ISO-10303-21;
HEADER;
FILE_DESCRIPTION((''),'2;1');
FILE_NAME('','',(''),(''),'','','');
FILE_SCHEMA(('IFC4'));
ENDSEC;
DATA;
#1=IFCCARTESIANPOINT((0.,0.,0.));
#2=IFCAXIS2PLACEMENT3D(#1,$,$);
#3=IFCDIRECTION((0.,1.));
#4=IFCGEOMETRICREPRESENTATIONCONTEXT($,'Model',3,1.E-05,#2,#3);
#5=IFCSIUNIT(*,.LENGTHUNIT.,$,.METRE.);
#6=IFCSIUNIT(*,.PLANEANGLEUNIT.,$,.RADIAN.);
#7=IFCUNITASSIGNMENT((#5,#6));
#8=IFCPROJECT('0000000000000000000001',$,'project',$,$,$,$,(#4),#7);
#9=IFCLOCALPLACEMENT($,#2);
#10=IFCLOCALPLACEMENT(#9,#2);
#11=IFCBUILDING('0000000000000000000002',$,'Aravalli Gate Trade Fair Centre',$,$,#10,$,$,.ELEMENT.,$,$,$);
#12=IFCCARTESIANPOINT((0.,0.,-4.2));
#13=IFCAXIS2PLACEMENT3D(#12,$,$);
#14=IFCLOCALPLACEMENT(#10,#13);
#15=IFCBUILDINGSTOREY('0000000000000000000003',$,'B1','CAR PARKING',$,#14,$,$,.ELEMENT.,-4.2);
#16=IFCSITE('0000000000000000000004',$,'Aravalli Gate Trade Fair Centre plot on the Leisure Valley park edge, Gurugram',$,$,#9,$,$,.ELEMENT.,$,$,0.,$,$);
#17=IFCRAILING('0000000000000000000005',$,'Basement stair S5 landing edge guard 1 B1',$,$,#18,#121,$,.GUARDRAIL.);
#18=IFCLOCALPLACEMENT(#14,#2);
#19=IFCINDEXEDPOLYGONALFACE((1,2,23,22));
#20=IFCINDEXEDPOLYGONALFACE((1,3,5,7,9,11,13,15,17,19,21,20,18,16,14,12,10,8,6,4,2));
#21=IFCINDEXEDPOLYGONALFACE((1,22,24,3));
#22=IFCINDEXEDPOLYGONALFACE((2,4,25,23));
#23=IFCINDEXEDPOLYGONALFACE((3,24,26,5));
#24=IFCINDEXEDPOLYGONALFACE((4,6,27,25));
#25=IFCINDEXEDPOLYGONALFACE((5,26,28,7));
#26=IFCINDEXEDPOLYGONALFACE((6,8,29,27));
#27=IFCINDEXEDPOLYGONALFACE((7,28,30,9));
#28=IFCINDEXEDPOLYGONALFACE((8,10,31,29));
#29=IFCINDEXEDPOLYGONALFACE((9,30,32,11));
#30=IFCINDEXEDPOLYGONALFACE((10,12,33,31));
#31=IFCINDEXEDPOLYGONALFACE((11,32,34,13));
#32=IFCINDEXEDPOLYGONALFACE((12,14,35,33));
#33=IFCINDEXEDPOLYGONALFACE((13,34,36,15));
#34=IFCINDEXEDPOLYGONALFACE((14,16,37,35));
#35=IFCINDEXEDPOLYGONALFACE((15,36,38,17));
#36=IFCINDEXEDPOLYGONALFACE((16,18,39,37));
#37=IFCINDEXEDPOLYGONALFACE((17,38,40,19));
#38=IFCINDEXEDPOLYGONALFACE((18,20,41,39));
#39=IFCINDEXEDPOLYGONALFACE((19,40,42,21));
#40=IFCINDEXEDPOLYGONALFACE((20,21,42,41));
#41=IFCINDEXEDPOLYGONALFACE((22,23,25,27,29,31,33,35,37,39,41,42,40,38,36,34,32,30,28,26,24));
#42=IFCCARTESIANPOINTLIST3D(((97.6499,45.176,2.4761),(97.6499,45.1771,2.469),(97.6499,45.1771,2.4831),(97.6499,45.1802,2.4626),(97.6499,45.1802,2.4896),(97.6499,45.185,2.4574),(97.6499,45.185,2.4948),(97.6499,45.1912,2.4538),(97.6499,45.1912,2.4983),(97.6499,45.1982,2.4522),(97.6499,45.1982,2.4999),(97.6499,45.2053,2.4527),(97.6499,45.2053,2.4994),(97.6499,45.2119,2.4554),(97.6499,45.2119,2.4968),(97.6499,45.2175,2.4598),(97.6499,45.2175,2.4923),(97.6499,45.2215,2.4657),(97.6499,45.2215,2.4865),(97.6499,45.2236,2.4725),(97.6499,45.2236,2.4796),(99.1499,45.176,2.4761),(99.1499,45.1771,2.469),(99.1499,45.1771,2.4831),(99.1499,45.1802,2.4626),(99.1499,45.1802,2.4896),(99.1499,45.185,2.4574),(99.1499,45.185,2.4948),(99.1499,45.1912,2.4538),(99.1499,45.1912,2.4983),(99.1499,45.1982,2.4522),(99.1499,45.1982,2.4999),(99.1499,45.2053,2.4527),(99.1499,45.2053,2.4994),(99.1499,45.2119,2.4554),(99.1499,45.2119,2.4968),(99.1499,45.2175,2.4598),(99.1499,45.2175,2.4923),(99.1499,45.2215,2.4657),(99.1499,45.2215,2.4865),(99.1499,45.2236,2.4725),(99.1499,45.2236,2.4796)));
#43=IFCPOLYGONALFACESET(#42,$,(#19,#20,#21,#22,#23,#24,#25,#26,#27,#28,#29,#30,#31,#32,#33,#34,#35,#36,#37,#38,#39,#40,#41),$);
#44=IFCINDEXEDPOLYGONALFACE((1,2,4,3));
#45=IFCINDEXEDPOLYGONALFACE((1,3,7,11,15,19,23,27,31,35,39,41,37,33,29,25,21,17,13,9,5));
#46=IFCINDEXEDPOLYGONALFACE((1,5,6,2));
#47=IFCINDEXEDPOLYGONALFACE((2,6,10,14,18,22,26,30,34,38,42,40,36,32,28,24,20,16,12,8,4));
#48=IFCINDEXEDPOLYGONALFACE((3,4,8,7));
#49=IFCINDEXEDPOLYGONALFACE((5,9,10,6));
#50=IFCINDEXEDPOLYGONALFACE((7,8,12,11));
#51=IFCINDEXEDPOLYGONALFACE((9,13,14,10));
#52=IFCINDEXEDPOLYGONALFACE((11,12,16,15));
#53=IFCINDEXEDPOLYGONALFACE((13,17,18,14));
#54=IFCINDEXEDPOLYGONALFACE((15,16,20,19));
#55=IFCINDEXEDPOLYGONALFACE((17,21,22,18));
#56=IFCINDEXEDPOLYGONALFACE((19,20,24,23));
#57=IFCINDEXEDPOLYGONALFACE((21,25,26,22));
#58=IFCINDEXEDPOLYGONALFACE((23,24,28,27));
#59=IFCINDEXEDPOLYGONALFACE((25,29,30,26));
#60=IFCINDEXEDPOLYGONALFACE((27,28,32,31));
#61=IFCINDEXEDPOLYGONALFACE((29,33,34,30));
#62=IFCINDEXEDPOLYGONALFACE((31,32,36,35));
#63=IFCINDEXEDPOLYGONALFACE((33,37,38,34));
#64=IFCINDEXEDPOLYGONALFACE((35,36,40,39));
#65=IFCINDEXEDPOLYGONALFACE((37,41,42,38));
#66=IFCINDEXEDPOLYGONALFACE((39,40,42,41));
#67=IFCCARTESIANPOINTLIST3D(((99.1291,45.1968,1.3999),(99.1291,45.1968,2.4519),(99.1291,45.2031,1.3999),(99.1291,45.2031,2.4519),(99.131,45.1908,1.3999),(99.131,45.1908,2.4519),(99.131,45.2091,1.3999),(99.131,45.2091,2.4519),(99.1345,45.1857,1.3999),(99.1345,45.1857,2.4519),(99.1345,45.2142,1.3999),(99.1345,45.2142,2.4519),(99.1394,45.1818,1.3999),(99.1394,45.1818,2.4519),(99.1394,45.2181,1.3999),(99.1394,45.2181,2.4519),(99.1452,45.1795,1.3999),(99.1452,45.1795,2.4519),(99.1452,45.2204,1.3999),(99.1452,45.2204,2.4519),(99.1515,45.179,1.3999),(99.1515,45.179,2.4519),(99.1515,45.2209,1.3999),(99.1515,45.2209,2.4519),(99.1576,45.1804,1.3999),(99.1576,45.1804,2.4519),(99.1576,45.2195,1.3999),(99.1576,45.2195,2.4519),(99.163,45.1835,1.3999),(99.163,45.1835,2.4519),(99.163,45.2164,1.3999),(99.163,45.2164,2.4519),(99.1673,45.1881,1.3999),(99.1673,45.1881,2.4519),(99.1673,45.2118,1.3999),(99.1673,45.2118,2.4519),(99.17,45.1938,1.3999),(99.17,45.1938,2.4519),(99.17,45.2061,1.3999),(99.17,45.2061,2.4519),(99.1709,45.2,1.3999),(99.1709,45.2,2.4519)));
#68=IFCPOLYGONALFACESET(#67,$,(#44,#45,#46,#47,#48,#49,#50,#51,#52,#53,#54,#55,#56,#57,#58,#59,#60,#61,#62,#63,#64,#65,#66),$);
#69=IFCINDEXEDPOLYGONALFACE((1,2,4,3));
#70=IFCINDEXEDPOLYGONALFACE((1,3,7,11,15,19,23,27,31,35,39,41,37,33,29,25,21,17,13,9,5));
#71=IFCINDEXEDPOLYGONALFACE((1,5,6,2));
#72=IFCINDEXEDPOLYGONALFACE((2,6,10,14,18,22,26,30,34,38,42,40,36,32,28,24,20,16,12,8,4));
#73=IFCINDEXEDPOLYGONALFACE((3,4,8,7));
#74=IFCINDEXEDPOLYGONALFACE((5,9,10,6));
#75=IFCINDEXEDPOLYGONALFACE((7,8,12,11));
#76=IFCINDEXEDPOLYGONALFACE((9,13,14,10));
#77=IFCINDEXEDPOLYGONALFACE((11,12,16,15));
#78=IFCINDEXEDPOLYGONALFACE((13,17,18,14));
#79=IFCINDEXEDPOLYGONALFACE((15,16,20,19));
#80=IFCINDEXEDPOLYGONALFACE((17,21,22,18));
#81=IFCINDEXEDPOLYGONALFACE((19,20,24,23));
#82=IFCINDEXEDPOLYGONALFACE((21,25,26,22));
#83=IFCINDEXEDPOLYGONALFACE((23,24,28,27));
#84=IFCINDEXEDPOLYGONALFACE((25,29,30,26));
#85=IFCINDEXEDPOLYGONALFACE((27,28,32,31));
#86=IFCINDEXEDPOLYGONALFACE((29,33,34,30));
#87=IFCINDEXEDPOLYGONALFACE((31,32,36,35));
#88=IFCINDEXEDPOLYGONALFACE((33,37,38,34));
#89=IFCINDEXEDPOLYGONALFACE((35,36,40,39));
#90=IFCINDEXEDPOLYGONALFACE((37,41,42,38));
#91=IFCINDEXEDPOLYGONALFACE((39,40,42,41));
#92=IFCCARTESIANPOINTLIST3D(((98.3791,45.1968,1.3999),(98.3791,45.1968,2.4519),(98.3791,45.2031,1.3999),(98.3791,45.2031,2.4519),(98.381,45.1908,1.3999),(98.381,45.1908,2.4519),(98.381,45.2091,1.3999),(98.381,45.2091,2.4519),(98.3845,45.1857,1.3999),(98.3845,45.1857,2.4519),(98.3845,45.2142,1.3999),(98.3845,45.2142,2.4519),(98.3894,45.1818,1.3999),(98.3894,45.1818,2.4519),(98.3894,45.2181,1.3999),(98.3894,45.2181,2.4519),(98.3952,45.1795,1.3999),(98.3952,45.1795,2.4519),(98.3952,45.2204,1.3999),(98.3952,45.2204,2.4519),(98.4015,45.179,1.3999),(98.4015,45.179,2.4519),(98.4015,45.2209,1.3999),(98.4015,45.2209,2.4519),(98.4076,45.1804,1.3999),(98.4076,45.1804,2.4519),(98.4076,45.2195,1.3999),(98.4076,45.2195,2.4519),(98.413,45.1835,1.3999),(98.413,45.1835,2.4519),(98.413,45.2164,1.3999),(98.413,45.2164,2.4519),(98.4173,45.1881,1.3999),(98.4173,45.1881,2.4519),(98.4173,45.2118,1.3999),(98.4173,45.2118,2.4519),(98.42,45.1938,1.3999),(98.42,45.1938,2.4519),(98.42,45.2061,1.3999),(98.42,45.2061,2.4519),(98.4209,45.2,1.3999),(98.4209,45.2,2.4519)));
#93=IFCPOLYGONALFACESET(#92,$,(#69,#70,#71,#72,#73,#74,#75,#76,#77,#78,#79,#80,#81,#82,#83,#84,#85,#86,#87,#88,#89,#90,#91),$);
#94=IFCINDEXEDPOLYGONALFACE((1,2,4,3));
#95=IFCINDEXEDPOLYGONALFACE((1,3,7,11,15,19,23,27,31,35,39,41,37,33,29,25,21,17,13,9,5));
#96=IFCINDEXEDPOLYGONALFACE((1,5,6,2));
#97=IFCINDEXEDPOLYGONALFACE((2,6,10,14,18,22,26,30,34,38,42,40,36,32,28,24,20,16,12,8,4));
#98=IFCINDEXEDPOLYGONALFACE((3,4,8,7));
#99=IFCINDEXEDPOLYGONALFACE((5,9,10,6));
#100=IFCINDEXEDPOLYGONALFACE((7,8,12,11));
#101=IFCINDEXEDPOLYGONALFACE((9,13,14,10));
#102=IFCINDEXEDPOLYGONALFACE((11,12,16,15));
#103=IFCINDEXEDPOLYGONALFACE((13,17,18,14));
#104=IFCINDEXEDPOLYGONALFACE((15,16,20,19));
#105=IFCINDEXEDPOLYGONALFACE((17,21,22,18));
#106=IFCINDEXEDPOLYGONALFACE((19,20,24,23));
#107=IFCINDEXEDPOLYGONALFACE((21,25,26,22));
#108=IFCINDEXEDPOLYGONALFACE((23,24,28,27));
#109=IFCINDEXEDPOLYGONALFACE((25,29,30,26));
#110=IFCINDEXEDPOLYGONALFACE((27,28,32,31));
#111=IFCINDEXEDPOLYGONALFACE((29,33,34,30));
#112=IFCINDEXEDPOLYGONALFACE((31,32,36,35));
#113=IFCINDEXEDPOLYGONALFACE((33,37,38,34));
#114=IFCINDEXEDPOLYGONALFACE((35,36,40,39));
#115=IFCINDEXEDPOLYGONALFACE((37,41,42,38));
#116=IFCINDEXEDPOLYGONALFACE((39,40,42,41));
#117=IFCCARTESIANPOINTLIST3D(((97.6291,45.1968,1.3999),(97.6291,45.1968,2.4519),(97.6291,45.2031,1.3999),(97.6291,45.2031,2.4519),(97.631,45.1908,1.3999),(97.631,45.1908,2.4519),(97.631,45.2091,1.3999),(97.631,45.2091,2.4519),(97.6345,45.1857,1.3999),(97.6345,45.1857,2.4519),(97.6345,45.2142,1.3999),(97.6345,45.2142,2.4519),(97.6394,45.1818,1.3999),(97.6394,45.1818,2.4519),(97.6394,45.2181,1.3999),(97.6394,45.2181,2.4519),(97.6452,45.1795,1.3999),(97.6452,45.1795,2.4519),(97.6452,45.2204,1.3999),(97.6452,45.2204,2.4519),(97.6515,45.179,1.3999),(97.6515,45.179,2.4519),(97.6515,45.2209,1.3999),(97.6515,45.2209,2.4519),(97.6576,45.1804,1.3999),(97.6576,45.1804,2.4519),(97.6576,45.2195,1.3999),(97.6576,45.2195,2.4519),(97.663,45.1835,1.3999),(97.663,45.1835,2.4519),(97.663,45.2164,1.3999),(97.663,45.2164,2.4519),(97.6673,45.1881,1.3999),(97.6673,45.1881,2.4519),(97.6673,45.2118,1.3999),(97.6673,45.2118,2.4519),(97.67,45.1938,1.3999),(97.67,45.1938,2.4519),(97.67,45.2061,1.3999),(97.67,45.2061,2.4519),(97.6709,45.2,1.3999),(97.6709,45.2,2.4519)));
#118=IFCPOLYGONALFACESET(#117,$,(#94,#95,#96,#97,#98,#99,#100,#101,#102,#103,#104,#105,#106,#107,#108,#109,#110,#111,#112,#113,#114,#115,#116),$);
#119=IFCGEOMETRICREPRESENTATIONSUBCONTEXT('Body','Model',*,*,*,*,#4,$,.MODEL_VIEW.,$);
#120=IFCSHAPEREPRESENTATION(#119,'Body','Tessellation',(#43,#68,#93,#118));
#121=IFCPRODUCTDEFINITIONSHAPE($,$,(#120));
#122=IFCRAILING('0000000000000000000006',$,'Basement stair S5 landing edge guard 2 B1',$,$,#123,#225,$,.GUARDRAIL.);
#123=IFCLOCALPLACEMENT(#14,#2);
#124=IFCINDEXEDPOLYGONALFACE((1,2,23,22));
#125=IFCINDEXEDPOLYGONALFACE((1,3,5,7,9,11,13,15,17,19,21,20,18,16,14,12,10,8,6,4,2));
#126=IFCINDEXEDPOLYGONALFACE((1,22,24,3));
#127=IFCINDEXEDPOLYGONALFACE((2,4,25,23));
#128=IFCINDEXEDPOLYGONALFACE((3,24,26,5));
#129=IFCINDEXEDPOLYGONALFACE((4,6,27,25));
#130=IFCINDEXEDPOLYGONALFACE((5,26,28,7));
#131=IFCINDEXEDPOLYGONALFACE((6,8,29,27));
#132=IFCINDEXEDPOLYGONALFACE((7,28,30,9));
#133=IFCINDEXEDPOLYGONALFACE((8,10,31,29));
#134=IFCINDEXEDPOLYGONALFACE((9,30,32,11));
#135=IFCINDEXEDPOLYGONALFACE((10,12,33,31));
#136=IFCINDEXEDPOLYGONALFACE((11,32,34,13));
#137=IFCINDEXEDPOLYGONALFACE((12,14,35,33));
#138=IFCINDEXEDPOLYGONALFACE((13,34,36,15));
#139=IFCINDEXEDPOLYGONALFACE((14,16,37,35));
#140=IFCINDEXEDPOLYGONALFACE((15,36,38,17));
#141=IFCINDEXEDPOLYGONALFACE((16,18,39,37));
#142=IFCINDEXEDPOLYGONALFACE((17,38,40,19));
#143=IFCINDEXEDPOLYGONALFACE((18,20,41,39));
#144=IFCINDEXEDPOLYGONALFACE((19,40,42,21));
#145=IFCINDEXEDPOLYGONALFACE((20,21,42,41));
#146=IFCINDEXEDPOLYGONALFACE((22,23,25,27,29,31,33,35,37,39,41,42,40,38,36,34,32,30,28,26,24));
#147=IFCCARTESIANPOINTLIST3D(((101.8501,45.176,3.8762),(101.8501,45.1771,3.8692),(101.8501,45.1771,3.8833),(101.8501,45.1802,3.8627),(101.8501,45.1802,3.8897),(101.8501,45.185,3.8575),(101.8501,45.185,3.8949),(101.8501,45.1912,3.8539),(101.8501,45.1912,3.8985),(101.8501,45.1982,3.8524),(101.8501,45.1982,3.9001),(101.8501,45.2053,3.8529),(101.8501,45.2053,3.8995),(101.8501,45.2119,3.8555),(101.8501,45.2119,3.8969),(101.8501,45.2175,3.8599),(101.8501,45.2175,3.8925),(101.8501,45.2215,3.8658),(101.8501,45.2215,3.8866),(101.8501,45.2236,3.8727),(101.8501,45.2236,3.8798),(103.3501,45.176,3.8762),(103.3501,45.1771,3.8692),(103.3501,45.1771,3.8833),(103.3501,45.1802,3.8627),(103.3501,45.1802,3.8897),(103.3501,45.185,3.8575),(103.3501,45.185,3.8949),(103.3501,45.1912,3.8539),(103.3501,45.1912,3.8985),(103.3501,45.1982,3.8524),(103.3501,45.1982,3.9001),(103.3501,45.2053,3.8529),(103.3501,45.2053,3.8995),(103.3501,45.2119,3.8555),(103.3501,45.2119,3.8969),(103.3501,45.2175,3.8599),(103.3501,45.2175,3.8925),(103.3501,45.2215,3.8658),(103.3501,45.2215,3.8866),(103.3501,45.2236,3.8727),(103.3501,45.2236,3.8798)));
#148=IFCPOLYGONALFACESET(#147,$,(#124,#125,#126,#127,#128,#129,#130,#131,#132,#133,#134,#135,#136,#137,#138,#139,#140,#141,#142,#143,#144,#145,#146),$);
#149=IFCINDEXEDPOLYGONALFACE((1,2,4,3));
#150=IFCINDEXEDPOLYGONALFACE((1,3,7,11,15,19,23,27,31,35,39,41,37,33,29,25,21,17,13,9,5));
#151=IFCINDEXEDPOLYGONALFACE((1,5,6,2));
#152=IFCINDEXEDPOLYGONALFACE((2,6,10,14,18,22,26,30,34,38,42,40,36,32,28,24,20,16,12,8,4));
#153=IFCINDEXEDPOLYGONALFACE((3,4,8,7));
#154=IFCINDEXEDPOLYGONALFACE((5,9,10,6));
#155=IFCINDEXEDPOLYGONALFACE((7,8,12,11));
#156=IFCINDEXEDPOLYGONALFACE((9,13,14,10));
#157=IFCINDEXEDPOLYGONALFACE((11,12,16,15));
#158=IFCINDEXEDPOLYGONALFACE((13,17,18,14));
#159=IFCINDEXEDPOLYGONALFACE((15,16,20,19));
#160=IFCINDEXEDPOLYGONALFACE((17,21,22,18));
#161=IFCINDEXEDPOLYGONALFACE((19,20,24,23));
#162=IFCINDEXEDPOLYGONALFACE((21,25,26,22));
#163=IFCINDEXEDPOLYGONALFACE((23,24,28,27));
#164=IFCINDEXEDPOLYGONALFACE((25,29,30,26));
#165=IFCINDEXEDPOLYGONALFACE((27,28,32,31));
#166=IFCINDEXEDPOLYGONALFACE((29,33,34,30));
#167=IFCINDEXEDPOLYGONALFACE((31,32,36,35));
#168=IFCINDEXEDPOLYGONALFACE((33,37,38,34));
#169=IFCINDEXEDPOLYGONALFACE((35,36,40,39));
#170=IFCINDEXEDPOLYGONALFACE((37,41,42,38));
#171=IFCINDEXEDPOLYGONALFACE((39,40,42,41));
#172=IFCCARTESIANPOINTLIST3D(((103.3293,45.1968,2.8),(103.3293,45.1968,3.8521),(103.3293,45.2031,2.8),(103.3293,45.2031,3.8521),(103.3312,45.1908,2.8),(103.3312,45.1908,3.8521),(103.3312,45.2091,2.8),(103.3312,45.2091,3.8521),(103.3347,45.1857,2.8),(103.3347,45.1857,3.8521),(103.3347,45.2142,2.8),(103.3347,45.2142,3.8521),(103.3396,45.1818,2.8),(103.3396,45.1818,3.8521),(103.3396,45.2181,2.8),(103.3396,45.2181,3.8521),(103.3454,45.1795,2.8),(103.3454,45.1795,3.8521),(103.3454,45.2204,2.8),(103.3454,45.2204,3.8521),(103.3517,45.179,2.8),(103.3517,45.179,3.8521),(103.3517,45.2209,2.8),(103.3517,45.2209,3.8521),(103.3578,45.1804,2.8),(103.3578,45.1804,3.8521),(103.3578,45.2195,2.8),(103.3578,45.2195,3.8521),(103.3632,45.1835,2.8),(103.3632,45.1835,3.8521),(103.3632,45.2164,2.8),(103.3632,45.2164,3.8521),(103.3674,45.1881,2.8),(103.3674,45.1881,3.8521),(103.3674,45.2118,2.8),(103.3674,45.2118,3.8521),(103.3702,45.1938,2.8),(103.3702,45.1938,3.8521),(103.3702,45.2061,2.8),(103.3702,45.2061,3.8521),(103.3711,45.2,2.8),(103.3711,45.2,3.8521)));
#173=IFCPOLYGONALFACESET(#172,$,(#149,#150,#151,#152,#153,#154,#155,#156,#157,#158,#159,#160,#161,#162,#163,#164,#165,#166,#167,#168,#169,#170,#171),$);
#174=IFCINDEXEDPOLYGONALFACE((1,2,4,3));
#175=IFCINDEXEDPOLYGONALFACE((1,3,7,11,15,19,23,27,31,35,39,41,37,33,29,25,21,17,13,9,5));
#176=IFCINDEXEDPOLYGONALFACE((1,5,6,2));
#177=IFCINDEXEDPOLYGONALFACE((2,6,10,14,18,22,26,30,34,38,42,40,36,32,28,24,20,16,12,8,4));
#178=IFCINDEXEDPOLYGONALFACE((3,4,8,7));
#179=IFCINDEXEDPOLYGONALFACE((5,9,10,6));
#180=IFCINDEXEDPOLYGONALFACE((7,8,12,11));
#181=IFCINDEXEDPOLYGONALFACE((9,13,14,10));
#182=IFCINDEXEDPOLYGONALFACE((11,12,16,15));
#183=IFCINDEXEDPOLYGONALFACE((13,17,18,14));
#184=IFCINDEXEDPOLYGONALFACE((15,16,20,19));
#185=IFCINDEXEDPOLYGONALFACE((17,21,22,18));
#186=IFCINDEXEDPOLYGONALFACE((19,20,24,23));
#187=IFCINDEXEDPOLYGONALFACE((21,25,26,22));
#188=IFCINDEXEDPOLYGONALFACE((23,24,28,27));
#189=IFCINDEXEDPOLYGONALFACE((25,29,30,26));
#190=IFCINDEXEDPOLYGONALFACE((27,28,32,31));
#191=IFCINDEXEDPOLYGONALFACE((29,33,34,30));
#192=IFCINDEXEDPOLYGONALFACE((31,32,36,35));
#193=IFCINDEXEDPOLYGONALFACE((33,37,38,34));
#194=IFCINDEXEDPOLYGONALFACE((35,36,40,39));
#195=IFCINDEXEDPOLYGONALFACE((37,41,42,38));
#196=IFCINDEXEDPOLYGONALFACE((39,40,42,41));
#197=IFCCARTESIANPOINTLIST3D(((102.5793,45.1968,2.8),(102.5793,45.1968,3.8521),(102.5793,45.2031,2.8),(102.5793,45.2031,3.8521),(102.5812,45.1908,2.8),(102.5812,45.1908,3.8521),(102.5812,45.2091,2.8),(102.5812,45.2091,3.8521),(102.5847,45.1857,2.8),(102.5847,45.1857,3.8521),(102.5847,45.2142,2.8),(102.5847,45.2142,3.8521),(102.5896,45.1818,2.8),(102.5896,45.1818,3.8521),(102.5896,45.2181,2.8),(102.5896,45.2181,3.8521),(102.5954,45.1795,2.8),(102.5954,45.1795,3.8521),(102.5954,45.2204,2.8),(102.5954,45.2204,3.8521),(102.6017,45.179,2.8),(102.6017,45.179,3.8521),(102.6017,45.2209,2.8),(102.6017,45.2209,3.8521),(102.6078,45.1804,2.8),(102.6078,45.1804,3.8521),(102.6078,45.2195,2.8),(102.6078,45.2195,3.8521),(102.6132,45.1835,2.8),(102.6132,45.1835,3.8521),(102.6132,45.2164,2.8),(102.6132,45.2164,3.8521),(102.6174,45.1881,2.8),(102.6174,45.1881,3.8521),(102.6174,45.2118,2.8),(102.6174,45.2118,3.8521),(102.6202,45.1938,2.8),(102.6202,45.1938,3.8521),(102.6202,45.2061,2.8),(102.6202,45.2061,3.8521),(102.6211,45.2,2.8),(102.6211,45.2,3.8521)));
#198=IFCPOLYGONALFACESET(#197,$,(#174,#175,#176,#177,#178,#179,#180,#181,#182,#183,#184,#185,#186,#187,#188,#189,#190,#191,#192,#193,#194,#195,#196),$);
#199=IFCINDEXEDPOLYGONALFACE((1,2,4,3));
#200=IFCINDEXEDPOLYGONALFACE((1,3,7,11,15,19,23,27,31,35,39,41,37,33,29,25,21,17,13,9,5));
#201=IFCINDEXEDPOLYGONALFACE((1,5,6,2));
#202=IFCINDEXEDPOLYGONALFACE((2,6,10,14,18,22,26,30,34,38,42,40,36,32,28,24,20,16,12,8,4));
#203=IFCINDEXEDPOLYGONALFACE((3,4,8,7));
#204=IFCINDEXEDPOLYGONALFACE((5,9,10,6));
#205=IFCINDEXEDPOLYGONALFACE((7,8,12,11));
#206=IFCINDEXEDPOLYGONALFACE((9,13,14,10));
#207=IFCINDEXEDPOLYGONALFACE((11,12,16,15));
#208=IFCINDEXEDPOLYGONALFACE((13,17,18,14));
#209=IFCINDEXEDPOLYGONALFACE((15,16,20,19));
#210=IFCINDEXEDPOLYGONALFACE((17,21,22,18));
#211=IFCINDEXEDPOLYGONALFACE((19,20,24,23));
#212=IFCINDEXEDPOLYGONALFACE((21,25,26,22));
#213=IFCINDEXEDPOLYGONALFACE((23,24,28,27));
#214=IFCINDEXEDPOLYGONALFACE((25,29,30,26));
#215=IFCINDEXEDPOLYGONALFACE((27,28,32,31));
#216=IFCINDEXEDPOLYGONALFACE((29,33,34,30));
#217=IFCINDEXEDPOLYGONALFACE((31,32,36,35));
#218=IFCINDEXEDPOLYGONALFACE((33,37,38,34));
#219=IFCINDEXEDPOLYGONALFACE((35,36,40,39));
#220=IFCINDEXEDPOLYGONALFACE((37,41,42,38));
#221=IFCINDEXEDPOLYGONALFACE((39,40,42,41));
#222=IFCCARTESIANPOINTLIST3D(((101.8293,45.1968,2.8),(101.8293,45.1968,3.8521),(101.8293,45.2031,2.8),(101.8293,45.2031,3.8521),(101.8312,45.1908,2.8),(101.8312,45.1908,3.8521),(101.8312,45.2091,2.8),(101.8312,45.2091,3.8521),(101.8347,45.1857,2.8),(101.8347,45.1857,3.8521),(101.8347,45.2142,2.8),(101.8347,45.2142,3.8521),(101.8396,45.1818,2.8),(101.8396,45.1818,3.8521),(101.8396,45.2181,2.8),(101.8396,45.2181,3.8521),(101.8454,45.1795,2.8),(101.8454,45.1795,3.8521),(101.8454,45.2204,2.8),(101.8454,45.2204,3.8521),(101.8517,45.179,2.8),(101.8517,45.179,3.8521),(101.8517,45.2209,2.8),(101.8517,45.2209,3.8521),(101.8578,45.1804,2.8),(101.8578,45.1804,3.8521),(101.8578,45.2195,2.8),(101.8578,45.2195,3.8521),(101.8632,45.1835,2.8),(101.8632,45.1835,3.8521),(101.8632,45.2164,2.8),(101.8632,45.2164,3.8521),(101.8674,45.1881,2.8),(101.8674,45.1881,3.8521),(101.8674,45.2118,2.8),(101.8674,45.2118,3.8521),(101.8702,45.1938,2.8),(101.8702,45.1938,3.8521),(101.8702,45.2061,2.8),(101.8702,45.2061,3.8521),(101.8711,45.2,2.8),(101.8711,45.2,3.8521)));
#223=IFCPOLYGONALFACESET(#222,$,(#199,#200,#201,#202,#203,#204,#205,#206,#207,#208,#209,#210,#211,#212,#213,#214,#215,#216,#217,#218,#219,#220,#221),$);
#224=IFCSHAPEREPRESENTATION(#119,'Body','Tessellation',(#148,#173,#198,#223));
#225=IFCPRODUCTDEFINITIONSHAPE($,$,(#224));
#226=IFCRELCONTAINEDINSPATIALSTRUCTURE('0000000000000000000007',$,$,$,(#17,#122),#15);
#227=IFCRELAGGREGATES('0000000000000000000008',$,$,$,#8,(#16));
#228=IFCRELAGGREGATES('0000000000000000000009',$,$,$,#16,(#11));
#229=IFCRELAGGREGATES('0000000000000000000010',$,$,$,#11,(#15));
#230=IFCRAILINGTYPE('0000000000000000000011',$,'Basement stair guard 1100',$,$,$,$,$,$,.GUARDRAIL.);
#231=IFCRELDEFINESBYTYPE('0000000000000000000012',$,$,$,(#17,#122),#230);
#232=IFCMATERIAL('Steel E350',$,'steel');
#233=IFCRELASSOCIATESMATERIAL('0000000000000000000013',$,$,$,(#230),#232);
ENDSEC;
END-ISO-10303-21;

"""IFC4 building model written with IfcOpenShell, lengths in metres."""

from ifc_helpers import new_model, si_unit, direction, frame, origin, origin_2d, place, context, subcontext, project, spatial, circle, extrude, material, type_object, element, save


model = new_model("IFC4")

# Units and contexts
model_context = context("Model", 3, precision=1e-05, world=origin(), true_north=direction((0.0, 1.0)))
body_context = subcontext(model_context, "Body", "Model", "MODEL_VIEW")
ifc_project = project(units=[si_unit("LENGTHUNIT", "METRE"), si_unit("PLANEANGLEUNIT", "RADIAN")], contexts=[model_context])

# Site, building, storey
site_placement = place(None, origin())
site = spatial("IfcSite", under=ifc_project, at=site_placement, Name="Aravalli Gate Trade Fair Centre plot on the Leisure Valley park edge, Gurugram", CompositionType="ELEMENT", RefElevation=0.0)
building_placement = place(site_placement, origin())
building = spatial("IfcBuilding", under=site, at=building_placement, Name="Aravalli Gate Trade Fair Centre", CompositionType="ELEMENT")
storey_placement = place(building_placement, frame((0.0, 0.0, -4.2)))
storey = spatial("IfcBuildingStorey", under=building, at=storey_placement, Name="B1", Description="CAR PARKING", CompositionType="ELEMENT", Elevation=-4.2)

# Railings
ifc_material_1 = material(Name="Steel E350", Category="steel")
railing_type_1 = type_object("IfcRailingType", Name="Basement stair guard 1100", PredefinedType="GUARDRAIL", material=ifc_material_1)
for number, where, name in (
    (1, (99.1499, 45.2, 1.3999), "Basement stair S5 landing edge guard 1 B1"),
    (2, (103.3501, 45.2, 2.8), "Basement stair S5 landing edge guard 2 B1"),
):
    element("IfcRailing", number, at=place(storey_placement, frame(where)), inside=storey, type_object=railing_type_1, Name=name, PredefinedType="GUARDRAIL", context=body_context, shape_type="SweptSolid", body=[
        extrude(circle(Radius=0.0239, at=origin_2d()), frame((0.0, 0.0, 1.0762), z_axis=(-1.0, 0.0, 0.0), x_axis=(0.0, -1.0, 0.0)), (0.0, 0.0, 1.0), 1.5),
        extrude(circle(Radius=0.021, at=origin_2d()), origin(), (0.0, 0.0, 1.0), 1.052),
        extrude(circle(Radius=0.021, at=origin_2d()), frame((-0.75, 0.0, 0.0)), (0.0, 0.0, 1.0), 1.052),
        extrude(circle(Radius=0.021, at=origin_2d()), frame((-1.5, 0.0, 0.0)), (0.0, 0.0, 1.0), 1.052),
    ])

save(model, "model.ifc")
